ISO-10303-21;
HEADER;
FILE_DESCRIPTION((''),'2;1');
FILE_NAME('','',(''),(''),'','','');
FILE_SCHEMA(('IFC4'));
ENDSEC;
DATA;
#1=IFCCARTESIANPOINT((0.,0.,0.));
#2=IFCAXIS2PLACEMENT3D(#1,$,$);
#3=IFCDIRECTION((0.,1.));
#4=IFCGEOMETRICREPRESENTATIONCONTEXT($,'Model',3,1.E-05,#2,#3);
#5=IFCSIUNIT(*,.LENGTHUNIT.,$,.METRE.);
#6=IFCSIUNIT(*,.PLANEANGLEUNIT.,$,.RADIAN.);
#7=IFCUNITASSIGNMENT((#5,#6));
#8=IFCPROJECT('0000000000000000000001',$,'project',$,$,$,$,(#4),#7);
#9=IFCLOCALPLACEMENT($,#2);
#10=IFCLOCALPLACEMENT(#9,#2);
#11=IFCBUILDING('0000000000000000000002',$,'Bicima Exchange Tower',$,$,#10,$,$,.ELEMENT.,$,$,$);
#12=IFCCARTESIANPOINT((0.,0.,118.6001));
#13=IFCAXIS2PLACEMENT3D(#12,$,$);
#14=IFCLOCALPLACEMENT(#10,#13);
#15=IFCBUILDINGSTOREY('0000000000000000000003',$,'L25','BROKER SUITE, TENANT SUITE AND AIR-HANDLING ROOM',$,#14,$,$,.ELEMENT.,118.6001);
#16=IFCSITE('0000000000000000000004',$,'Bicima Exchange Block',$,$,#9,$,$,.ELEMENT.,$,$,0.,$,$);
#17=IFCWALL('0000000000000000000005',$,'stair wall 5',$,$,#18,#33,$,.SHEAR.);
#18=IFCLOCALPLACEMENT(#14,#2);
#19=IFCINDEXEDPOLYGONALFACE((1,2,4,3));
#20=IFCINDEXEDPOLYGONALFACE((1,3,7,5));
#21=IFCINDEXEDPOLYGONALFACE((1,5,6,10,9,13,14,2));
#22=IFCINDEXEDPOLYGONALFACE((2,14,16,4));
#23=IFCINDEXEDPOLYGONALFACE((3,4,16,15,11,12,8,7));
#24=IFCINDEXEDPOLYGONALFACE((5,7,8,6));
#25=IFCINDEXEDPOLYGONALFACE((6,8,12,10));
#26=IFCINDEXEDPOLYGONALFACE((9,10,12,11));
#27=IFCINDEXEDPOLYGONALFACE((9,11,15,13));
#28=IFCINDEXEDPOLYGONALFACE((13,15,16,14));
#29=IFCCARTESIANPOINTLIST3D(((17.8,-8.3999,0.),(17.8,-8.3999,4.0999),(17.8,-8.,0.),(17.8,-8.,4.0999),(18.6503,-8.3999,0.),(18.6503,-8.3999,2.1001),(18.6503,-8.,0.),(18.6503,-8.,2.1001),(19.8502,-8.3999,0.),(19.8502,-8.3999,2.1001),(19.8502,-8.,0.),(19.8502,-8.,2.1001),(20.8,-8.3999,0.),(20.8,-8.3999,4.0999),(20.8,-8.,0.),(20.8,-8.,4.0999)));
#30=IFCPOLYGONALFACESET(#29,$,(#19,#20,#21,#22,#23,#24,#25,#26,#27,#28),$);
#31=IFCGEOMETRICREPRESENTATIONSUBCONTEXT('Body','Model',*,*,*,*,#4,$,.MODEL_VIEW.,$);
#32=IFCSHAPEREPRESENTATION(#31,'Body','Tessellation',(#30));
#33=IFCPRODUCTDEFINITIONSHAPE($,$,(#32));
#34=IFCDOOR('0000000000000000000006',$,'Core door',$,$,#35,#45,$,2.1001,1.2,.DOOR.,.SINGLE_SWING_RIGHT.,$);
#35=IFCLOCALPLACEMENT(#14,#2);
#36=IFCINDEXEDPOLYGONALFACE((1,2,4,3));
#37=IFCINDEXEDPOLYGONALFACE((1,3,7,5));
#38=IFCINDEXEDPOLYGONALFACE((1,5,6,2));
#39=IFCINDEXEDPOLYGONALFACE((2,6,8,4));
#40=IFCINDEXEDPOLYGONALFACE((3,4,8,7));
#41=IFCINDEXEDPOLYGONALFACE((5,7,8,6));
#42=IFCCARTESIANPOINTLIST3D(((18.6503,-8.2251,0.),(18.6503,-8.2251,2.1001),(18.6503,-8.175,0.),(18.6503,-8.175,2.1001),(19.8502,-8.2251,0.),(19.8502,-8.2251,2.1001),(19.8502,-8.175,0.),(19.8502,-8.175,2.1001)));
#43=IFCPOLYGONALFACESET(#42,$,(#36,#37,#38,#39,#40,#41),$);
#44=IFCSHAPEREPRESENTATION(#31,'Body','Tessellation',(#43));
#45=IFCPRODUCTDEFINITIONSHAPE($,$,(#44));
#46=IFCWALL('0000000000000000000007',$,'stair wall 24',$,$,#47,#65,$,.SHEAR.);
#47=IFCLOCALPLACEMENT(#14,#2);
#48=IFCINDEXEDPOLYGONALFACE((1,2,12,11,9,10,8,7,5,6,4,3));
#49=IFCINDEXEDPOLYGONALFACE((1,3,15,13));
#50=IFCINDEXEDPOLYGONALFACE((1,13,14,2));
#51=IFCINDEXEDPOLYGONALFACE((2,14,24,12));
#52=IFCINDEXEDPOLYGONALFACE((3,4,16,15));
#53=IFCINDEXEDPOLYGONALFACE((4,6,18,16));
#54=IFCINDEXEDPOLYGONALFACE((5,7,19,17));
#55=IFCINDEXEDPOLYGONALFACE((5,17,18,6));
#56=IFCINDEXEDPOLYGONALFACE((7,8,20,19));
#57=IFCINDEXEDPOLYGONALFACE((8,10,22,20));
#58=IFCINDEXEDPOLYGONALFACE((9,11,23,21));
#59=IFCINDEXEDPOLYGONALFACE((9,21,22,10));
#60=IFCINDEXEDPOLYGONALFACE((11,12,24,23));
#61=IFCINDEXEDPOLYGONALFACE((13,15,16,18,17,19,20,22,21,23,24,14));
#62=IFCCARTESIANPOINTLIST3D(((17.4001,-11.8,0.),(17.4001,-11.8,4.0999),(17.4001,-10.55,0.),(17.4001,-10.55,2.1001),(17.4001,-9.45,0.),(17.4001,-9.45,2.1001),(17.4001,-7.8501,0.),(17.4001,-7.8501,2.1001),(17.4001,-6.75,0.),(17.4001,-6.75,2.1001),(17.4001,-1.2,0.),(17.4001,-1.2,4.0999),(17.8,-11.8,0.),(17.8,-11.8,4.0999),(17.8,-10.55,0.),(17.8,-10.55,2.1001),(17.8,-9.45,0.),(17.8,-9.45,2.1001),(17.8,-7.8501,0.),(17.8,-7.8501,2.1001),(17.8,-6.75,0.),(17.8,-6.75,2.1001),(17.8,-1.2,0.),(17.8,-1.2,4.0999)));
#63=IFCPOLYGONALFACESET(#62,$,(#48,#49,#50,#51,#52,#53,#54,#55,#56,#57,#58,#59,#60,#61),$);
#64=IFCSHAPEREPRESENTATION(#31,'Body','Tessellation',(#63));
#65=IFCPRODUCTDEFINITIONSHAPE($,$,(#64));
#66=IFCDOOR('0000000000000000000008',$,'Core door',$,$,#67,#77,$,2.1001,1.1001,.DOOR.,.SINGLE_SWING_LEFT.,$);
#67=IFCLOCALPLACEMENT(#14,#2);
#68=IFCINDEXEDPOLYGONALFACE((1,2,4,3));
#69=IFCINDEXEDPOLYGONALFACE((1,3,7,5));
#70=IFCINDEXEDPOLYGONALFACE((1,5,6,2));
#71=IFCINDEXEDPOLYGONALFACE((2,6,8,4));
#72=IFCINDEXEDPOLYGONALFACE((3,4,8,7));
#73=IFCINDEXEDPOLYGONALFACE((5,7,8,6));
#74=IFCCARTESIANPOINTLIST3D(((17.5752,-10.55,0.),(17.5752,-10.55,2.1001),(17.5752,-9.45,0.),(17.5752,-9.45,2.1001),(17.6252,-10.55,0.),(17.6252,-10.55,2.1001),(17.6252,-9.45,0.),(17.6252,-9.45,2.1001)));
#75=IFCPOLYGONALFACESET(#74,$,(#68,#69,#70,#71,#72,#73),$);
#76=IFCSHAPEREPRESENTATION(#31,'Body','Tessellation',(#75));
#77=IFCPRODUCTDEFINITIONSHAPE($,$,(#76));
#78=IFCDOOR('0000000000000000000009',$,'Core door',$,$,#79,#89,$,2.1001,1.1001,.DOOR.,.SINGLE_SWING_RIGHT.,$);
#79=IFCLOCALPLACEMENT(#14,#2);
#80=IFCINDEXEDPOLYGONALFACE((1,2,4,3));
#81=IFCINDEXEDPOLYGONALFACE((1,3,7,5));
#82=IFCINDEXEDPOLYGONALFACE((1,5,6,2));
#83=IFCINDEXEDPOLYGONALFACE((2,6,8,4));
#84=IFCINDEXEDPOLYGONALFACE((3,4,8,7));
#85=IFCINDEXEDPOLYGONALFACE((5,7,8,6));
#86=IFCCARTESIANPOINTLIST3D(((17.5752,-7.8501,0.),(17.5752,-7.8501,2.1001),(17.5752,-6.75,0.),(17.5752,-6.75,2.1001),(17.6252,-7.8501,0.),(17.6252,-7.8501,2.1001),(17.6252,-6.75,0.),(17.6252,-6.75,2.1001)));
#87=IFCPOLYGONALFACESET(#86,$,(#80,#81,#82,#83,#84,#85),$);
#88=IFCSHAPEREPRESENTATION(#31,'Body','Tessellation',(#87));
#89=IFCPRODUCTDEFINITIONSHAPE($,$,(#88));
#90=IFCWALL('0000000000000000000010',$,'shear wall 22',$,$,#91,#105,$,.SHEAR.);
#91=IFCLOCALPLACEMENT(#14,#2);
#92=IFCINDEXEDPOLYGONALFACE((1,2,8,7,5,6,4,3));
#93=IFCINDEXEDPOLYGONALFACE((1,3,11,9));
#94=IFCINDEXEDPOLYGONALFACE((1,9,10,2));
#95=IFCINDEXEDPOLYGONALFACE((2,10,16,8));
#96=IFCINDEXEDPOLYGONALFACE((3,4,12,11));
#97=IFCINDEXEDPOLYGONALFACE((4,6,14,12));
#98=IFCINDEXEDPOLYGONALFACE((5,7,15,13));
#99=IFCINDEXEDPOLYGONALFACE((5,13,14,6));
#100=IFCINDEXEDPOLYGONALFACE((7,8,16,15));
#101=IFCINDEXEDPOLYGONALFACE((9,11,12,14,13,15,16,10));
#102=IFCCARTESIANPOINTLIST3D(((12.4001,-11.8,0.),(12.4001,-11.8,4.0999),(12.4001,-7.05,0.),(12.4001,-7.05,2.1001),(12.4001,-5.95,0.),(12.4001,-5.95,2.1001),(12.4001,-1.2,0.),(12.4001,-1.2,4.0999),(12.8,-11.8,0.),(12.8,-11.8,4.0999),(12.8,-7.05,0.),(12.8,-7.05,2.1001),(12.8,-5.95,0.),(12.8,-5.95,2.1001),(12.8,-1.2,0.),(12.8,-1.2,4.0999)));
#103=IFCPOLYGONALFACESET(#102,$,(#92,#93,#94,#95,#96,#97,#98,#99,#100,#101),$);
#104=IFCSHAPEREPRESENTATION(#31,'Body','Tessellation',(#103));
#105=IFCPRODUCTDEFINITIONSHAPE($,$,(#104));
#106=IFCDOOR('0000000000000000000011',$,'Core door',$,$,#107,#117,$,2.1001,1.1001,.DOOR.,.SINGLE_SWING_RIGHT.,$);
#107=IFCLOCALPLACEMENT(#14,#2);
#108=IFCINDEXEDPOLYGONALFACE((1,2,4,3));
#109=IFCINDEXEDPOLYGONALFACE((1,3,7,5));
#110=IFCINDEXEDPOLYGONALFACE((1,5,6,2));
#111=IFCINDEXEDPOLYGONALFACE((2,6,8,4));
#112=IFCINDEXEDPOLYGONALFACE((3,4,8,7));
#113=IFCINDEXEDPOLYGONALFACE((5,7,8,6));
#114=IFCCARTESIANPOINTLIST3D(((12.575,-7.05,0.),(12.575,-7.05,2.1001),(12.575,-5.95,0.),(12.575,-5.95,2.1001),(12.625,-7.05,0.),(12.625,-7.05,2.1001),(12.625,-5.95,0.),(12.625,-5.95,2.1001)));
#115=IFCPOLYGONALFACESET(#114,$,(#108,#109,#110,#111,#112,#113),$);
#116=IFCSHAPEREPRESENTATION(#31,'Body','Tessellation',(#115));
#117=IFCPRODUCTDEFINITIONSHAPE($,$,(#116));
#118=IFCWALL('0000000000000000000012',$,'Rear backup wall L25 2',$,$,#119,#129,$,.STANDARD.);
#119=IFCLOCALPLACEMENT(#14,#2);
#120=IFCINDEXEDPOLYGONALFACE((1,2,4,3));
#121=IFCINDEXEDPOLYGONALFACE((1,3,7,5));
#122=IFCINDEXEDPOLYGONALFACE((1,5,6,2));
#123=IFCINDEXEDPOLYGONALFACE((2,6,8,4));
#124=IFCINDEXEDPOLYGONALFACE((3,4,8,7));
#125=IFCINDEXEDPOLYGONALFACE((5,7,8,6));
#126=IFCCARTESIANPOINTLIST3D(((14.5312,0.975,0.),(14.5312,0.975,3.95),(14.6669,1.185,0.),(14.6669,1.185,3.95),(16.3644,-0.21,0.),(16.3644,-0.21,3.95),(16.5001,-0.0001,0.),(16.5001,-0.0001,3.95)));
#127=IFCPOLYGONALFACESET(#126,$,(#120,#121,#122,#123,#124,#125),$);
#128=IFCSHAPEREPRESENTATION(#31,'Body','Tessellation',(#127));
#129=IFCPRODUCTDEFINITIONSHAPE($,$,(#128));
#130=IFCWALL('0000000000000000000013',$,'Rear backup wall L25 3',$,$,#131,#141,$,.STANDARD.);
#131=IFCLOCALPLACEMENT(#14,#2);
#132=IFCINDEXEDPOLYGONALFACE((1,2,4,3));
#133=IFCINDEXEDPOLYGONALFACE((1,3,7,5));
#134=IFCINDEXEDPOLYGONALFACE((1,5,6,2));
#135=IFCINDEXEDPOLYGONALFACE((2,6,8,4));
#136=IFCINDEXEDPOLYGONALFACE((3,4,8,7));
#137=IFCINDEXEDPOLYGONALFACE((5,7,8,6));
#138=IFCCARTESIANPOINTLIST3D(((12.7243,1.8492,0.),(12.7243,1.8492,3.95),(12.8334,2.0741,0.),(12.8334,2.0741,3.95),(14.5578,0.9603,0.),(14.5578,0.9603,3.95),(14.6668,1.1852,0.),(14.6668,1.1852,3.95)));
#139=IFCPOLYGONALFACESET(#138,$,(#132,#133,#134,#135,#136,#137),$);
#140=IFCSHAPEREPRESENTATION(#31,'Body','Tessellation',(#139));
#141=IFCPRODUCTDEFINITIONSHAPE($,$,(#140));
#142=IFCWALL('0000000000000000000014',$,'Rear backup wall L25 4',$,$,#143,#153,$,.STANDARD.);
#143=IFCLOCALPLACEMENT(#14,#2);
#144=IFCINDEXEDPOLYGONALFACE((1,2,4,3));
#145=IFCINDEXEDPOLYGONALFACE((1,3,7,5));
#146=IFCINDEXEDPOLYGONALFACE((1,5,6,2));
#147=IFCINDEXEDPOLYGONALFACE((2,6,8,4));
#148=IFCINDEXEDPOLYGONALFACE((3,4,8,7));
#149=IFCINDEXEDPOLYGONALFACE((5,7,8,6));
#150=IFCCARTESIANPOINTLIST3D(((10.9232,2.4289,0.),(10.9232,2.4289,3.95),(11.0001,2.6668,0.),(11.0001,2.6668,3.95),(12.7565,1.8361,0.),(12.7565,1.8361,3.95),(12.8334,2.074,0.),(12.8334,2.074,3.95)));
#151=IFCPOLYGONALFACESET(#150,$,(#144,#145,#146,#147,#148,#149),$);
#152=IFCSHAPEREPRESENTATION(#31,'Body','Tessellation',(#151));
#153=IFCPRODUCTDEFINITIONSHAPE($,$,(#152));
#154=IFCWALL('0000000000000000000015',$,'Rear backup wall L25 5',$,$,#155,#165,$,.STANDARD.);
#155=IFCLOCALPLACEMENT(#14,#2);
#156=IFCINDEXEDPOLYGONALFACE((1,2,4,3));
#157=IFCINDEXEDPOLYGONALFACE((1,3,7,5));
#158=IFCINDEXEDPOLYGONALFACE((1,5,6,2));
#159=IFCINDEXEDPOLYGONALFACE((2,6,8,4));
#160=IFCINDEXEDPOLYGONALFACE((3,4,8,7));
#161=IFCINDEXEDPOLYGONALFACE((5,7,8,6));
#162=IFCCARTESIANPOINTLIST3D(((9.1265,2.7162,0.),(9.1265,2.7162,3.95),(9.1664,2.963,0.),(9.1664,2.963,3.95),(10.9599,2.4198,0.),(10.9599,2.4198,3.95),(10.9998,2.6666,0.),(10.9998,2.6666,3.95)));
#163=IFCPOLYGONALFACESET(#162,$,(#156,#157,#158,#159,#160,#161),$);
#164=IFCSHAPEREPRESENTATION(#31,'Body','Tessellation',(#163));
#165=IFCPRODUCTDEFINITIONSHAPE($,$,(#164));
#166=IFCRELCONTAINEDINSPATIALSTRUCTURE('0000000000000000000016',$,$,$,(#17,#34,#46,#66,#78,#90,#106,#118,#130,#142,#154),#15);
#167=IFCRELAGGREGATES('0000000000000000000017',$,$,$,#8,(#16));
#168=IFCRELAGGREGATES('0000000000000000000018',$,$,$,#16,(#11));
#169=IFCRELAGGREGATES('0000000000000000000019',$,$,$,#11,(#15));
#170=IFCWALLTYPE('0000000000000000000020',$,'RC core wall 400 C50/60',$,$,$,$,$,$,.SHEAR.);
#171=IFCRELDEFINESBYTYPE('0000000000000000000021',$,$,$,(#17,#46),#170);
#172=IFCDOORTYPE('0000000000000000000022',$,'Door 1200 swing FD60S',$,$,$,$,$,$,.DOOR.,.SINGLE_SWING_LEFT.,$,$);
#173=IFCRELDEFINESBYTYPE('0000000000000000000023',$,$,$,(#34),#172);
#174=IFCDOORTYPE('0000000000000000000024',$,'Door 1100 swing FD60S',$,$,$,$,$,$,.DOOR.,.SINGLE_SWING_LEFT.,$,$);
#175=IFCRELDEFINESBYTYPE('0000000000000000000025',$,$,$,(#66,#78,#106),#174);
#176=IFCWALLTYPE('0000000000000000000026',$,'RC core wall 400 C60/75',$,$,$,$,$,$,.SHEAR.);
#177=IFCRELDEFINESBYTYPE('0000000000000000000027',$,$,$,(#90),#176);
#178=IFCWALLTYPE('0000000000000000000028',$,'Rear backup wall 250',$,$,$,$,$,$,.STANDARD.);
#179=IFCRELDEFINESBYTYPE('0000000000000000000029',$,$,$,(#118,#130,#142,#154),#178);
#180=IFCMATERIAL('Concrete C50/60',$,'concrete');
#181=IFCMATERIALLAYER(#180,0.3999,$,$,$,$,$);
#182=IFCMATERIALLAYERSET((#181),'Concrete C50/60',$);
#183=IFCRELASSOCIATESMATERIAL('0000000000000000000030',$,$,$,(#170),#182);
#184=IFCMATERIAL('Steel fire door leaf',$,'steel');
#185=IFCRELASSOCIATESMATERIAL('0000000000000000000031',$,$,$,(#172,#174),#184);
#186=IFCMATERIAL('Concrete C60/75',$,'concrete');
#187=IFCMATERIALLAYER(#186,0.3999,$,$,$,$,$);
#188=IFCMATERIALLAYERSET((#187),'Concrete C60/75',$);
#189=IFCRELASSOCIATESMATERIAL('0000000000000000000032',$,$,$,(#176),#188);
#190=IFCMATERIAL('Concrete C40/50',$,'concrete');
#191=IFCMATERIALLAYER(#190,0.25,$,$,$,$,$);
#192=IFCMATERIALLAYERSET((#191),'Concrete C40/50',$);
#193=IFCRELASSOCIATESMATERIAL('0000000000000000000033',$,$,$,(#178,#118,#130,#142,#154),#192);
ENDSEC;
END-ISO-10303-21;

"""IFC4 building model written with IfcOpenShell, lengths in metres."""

from ifc_helpers import new_model, si_unit, direction, frame, frame_2d, origin, place, context, subcontext, project, spatial, rectangle, extrude, material, layer, layer_set, layer_usage, type_object, element, fill, save


model = new_model("IFC4")

# Units and contexts
model_context = context("Model", 3, precision=1e-05, world=origin(), true_north=direction((0.0, 1.0)))
body_context = subcontext(model_context, "Body", "Model", "MODEL_VIEW")
ifc_project = project(units=[si_unit("LENGTHUNIT", "METRE"), si_unit("PLANEANGLEUNIT", "RADIAN")], contexts=[model_context])

# Site, building, storey
site_placement = place(None, origin())
site = spatial("IfcSite", under=ifc_project, at=site_placement, Name="Bicima Exchange Block", CompositionType="ELEMENT", RefElevation=0.0)
building_placement = place(site_placement, origin())
building = spatial("IfcBuilding", under=site, at=building_placement, Name="Bicima Exchange Tower", CompositionType="ELEMENT")
storey_placement = place(building_placement, frame((0.0, 0.0, 118.6001)))
storey = spatial("IfcBuildingStorey", under=building, at=storey_placement, Name="L25", Description="BROKER SUITE, TENANT SUITE AND AIR-HANDLING ROOM", CompositionType="ELEMENT", Elevation=118.6001)

# Wall, opening, door
ifc_material_1 = material(Name="Concrete C50/60", Category="concrete")
ifc_layer_1 = layer(ifc_material_1, 0.3999)
ifc_layer_set_1 = layer_set([ifc_layer_1], Name="Concrete C50/60")
wall_type_1 = type_object("IfcWallType", Name="RC core wall 400 C50/60", PredefinedType="SHEAR", material=ifc_layer_set_1)
wall_1_placement = place(storey_placement, frame((17.8, -8.2, 0.0), z_axis=(0.0, 0.0, 1.0), x_axis=(1.0, 0.0, 0.0)))
wall_1 = element("IfcWall", 1, at=wall_1_placement, inside=storey, type_object=wall_type_1, Name="stair wall 5", PredefinedType="SHEAR", context=body_context, shape_type="SweptSolid", body=[
    extrude(rectangle(XDim=3.0, YDim=0.3999, at=frame_2d((1.5, 0.0))), origin(), (0.0, 0.0, 1.0), 4.0999),
])
opening_1_placement = place(wall_1_placement, frame((0.8501, 0.0, 0.0)))
opening_1 = element("IfcOpeningElement", 2, at=opening_1_placement, cuts=wall_1, PredefinedType="OPENING", context=body_context, shape_type="SweptSolid", body=[
    extrude(rectangle(XDim=1.2, YDim=2.1001, at=frame_2d((0.6001, 1.05))), frame((0.0, 0.2119, 0.0), z_axis=(0.0, -1.0, 0.0), x_axis=(1.0, 0.0, 0.0)), (0.0, 0.0, 1.0), 0.4238),
])
ifc_material_2 = material(Name="Steel fire door leaf", Category="steel")
door_type_1 = type_object("IfcDoorType", Name="Door 1200 swing FD60S", OperationType="SINGLE_SWING_LEFT", PredefinedType="DOOR", material=ifc_material_2)
door_1_placement = place(opening_1_placement, origin())
door_1 = element("IfcDoor", 3, at=door_1_placement, inside=storey, type_object=door_type_1, Name="Core door", OperationType="SINGLE_SWING_RIGHT", OverallHeight=2.1001, OverallWidth=1.2, PredefinedType="DOOR", context=body_context, shape_type="SweptSolid", body=[
    extrude(rectangle(XDim=1.2, YDim=2.1001, at=frame_2d((0.6001, 1.05))), frame((0.0, 0.0249, 0.0), z_axis=(0.0, -1.0, 0.0), x_axis=(1.0, 0.0, 0.0)), (0.0, 0.0, 1.0), 0.05),
])
fill(opening_1, door_1)

# Wall, openings, doors
wall_2_placement = place(storey_placement, frame((17.6001, -11.8, 0.0), z_axis=(0.0, 0.0, 1.0), x_axis=(0.0, 1.0, 0.0)))
wall_2 = element("IfcWall", 4, at=wall_2_placement, inside=storey, type_object=wall_type_1, Name="stair wall 24", PredefinedType="SHEAR", context=body_context, shape_type="SweptSolid", body=[
    extrude(rectangle(XDim=10.6001, YDim=0.3999, at=frame_2d((5.3, 0.0))), origin(), (0.0, 0.0, 1.0), 4.0999),
])
opening_2_placement = place(wall_2_placement, frame((1.25, 0.0, 0.0)))
opening_2 = element("IfcOpeningElement", 5, at=opening_2_placement, cuts=wall_2, PredefinedType="OPENING", context=body_context, shape_type="SweptSolid", body=[
    extrude(rectangle(XDim=1.1001, YDim=2.1001, at=frame_2d((0.55, 1.05))), frame((0.0, 0.2119, 0.0), z_axis=(0.0, -1.0, 0.0), x_axis=(1.0, 0.0, 0.0)), (0.0, 0.0, 1.0), 0.4238),
])
opening_3_placement = place(wall_2_placement, frame((3.95, 0.0, 0.0)))
opening_3 = element("IfcOpeningElement", 6, at=opening_3_placement, cuts=wall_2, PredefinedType="OPENING", context=body_context, shape_type="SweptSolid", body=[
    extrude(rectangle(XDim=1.1001, YDim=2.1001, at=frame_2d((0.55, 1.05))), frame((0.0, 0.2119, 0.0), z_axis=(0.0, -1.0, 0.0), x_axis=(1.0, 0.0, 0.0)), (0.0, 0.0, 1.0), 0.4238),
])
door_type_2 = type_object("IfcDoorType", Name="Door 1100 swing FD60S", OperationType="SINGLE_SWING_LEFT", PredefinedType="DOOR", material=ifc_material_2)
door_2_placement = place(opening_2_placement, origin())
door_2 = element("IfcDoor", 7, at=door_2_placement, inside=storey, type_object=door_type_2, Name="Core door", OperationType="SINGLE_SWING_LEFT", OverallHeight=2.1001, OverallWidth=1.1001, PredefinedType="DOOR", context=body_context, shape_type="SweptSolid", body=[
    extrude(rectangle(XDim=1.1001, YDim=2.1001, at=frame_2d((0.55, 1.05))), frame((0.0, 0.0249, 0.0), z_axis=(0.0, -1.0, 0.0), x_axis=(1.0, 0.0, 0.0)), (0.0, 0.0, 1.0), 0.05),
])
fill(opening_2, door_2)
door_3_placement = place(opening_3_placement, origin())
door_3 = element("IfcDoor", 8, at=door_3_placement, inside=storey, type_object=door_type_2, Name="Core door", OperationType="SINGLE_SWING_RIGHT", OverallHeight=2.1001, OverallWidth=1.1001, PredefinedType="DOOR", context=body_context, shape_type="SweptSolid", body=[
    extrude(rectangle(XDim=1.1001, YDim=2.1001, at=frame_2d((0.55, 1.05))), frame((0.0, 0.0249, 0.0), z_axis=(0.0, -1.0, 0.0), x_axis=(1.0, 0.0, 0.0)), (0.0, 0.0, 1.0), 0.05),
])
fill(opening_3, door_3)

# Wall, opening, door
ifc_material_3 = material(Name="Concrete C60/75", Category="concrete")
ifc_layer_2 = layer(ifc_material_3, 0.3999)
ifc_layer_set_2 = layer_set([ifc_layer_2], Name="Concrete C60/75")
wall_type_2 = type_object("IfcWallType", Name="RC core wall 400 C60/75", PredefinedType="SHEAR", material=ifc_layer_set_2)
wall_3_placement = place(storey_placement, frame((12.6001, -11.8, 0.0), z_axis=(0.0, 0.0, 1.0), x_axis=(0.0, 1.0, 0.0)))
wall_3 = element("IfcWall", 9, at=wall_3_placement, inside=storey, type_object=wall_type_2, Name="shear wall 22", PredefinedType="SHEAR", context=body_context, shape_type="SweptSolid", body=[
    extrude(rectangle(XDim=10.6001, YDim=0.3999, at=frame_2d((5.3, 0.0))), origin(), (0.0, 0.0, 1.0), 4.0999),
])
opening_4_placement = place(wall_3_placement, frame((4.75, 0.0, 0.0)))
opening_4 = element("IfcOpeningElement", 10, at=opening_4_placement, cuts=wall_3, PredefinedType="OPENING", context=body_context, shape_type="SweptSolid", body=[
    extrude(rectangle(XDim=1.1001, YDim=2.1001, at=frame_2d((0.55, 1.05))), frame((0.0, 0.2119, 0.0), z_axis=(0.0, -1.0, 0.0), x_axis=(1.0, 0.0, 0.0)), (0.0, 0.0, 1.0), 0.4238),
])
door_4_placement = place(opening_4_placement, frame((1.1001, 0.0, 0.0), z_axis=(0.0, 0.0, 1.0), x_axis=(-1.0, 0.0, 0.0)))
door_4 = element("IfcDoor", 11, at=door_4_placement, inside=storey, type_object=door_type_2, Name="Core door", OperationType="SINGLE_SWING_RIGHT", OverallHeight=2.1001, OverallWidth=1.1001, PredefinedType="DOOR", context=body_context, shape_type="SweptSolid", body=[
    extrude(rectangle(XDim=1.1001, YDim=2.1001, at=frame_2d((0.55, 1.05))), frame((0.0, 0.0249, 0.0), z_axis=(0.0, -1.0, 0.0), x_axis=(1.0, 0.0, 0.0)), (0.0, 0.0, 1.0), 0.05),
])
fill(opening_4, door_4)

# Walls
ifc_material_4 = material(Name="Concrete C40/50", Category="concrete")
ifc_layer_3 = layer(ifc_material_4, 0.25)
ifc_layer_set_3 = layer_set([ifc_layer_3], Name="Concrete C40/50")
ifc_layer_usage = layer_usage(ifc_layer_set_3, "AXIS2", "POSITIVE", -0.125)
wall_type_3 = type_object("IfcWallType", Name="Rear backup wall 250", PredefinedType="STANDARD", material=ifc_layer_set_3)
wall_4_placement = place(storey_placement, frame((16.4321, -0.105, 0.0), z_axis=(0.0, 0.0, 1.0), x_axis=(-0.839813, 0.542876, 0.0)))
element("IfcWall", 12, at=wall_4_placement, inside=storey, type_object=wall_type_3, material=ifc_layer_usage, Name="Rear backup wall L25 2", PredefinedType="STANDARD", context=body_context, shape_type="SweptSolid", body=[
    extrude(rectangle(XDim=2.1829, YDim=0.25, at=frame_2d((1.0913, 0.0))), origin(), (0.0, 0.0, 1.0), 3.95),
])
wall_5_placement = place(storey_placement, frame((14.6123, 1.0728, 0.0), z_axis=(0.0, 0.0, 1.0), x_axis=(-0.899824, 0.436253, 0.0)))
element("IfcWall", 13, at=wall_5_placement, inside=storey, type_object=wall_type_3, material=ifc_layer_usage, Name="Rear backup wall L25 3", PredefinedType="STANDARD", context=body_context, shape_type="SweptSolid", body=[
    extrude(rectangle(XDim=2.0376, YDim=0.25, at=frame_2d((1.0188, 0.0))), origin(), (0.0, 0.0, 1.0), 3.95),
])
wall_6_placement = place(storey_placement, frame((12.7949, 1.9551, 0.0), z_axis=(0.0, 0.0, 1.0), x_axis=(-0.951496, 0.307662, 0.0)))
element("IfcWall", 14, at=wall_6_placement, inside=storey, type_object=wall_type_3, material=ifc_layer_usage, Name="Rear backup wall L25 4", PredefinedType="STANDARD", context=body_context, shape_type="SweptSolid", body=[
    extrude(rectangle(XDim=1.9268, YDim=0.25, at=frame_2d((0.9634, 0.0))), origin(), (0.0, 0.0, 1.0), 3.95),
])
wall_7_placement = place(storey_placement, frame((10.98, 2.5432, 0.0), z_axis=(0.0, 0.0, 1.0), x_axis=(-0.987182, 0.1596, 0.0)))
element("IfcWall", 15, at=wall_7_placement, inside=storey, type_object=wall_type_3, material=ifc_layer_usage, Name="Rear backup wall L25 5", PredefinedType="STANDARD", context=body_context, shape_type="SweptSolid", body=[
    extrude(rectangle(XDim=1.8572, YDim=0.25, at=frame_2d((0.9287, 0.0))), origin(), (0.0, 0.0, 1.0), 3.95),
])

save(model, "model.ifc")
